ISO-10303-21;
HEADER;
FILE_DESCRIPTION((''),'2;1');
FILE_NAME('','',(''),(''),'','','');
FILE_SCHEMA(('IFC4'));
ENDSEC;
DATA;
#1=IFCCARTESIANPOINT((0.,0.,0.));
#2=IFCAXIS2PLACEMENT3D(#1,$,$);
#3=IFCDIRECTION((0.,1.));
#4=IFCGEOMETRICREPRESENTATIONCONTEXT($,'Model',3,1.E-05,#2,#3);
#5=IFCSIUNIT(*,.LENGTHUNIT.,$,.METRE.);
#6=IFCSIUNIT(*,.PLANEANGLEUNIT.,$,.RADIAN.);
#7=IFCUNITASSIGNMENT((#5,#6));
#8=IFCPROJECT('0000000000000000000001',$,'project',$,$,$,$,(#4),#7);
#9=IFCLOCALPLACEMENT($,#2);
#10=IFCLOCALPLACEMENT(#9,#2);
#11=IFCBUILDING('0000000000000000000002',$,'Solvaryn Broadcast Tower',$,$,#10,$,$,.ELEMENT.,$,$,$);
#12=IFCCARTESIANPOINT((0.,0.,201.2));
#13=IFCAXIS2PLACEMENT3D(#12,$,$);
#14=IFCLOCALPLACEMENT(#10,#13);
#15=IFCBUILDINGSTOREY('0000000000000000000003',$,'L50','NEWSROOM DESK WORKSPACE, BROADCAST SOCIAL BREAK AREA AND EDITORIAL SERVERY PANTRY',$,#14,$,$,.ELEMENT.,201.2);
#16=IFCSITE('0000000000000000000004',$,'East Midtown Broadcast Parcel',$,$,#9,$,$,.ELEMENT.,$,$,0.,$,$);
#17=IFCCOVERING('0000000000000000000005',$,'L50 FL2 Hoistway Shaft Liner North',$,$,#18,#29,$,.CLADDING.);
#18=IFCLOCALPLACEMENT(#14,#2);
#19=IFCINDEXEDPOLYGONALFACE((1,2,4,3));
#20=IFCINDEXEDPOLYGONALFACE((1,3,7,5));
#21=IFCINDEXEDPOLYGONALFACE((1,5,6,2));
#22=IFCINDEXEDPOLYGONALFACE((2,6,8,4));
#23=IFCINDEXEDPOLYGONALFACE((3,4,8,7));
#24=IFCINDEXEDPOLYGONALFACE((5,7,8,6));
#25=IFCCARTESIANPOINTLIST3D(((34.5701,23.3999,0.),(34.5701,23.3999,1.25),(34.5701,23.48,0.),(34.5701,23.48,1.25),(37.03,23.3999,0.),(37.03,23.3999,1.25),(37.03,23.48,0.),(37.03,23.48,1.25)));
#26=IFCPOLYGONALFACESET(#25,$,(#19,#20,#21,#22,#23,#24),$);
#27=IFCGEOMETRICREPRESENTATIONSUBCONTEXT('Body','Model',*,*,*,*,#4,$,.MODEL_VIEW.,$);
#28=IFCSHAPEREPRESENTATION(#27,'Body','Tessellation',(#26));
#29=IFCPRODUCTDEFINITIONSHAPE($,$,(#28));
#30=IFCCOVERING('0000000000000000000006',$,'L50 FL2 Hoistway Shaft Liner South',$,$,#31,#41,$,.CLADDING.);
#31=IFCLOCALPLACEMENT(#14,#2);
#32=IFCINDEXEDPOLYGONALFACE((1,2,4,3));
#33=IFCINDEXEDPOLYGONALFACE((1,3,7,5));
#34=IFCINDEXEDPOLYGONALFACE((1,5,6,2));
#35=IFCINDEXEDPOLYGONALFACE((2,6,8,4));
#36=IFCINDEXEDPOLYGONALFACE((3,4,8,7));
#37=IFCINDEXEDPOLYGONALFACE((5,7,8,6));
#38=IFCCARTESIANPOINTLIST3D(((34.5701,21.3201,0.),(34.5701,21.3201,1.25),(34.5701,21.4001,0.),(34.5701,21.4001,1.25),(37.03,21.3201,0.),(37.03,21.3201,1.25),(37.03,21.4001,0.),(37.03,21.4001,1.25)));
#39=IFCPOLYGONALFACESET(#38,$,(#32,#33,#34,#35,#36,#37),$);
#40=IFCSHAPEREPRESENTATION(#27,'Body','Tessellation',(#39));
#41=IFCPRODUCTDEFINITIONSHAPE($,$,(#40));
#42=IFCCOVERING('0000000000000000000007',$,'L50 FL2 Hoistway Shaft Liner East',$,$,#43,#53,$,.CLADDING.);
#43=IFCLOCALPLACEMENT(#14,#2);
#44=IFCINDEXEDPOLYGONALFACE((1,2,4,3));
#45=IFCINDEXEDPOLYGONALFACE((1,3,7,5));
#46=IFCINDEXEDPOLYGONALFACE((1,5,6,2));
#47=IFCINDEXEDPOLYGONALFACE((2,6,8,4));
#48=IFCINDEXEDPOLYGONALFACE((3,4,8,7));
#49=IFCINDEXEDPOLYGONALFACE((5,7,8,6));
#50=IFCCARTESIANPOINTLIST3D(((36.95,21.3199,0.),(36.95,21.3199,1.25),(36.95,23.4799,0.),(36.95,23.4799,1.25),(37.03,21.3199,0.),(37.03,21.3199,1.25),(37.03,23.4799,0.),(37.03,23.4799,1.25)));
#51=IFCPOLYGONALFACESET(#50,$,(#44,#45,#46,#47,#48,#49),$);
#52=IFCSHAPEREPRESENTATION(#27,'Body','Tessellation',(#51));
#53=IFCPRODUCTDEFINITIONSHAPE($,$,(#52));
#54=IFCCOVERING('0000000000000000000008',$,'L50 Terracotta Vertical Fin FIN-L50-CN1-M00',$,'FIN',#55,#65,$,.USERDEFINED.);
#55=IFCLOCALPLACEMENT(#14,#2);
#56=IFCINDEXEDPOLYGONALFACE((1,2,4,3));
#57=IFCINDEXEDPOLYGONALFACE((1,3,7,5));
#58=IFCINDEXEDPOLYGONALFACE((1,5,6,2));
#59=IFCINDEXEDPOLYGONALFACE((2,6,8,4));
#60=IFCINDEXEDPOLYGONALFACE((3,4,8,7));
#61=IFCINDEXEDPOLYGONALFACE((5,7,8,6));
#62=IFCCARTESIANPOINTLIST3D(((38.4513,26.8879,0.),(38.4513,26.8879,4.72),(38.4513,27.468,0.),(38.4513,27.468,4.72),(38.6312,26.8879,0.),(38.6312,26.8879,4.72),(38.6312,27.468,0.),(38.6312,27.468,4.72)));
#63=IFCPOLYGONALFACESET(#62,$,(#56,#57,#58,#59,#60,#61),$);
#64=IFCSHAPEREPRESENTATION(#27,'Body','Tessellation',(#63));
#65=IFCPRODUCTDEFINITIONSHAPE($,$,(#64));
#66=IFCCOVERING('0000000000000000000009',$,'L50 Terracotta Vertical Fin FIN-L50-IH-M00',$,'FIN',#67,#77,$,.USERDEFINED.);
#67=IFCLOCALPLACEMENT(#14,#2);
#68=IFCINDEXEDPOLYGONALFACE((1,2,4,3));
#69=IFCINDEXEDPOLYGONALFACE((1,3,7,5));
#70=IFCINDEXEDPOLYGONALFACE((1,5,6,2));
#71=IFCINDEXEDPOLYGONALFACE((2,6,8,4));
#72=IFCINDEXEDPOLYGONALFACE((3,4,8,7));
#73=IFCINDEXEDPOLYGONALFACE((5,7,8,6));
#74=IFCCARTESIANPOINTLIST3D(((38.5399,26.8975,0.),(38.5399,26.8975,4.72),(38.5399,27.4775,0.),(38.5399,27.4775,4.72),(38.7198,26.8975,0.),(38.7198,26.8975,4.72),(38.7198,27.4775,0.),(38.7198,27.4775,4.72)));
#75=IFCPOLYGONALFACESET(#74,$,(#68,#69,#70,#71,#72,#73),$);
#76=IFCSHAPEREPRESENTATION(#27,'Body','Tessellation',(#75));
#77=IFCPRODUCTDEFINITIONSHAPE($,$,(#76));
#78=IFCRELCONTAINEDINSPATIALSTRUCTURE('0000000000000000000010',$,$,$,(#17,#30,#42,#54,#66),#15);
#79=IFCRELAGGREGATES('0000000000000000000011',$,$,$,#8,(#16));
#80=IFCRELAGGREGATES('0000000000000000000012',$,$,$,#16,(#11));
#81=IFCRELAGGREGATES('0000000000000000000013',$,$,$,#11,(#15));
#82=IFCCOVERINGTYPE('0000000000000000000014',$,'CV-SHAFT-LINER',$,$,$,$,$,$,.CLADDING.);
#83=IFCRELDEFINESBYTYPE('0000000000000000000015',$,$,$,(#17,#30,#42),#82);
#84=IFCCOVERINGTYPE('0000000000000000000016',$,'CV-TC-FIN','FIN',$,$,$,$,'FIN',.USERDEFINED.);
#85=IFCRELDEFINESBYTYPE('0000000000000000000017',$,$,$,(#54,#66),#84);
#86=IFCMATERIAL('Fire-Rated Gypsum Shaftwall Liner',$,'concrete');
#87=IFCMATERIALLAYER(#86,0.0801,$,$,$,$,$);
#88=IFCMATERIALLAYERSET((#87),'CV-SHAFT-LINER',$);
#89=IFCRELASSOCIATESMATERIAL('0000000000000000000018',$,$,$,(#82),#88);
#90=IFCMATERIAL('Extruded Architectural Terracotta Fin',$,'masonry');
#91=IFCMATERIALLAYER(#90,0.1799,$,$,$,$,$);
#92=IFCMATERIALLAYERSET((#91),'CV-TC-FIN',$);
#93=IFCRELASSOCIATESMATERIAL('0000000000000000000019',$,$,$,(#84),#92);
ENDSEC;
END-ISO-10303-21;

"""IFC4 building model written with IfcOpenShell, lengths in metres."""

from ifc_helpers import new_model, si_unit, direction, frame, origin, origin_2d, place, context, subcontext, project, spatial, rectangle, extrude, material, layer, layer_set, type_object, element, save


model = new_model("IFC4")

# Units and contexts
model_context = context("Model", 3, precision=1e-05, world=origin(), true_north=direction((0.0, 1.0)))
body_context = subcontext(model_context, "Body", "Model", "MODEL_VIEW")
ifc_project = project(units=[si_unit("LENGTHUNIT", "METRE"), si_unit("PLANEANGLEUNIT", "RADIAN")], contexts=[model_context])

# Site, building, storey
site_placement = place(None, origin())
site = spatial("IfcSite", under=ifc_project, at=site_placement, Name="East Midtown Broadcast Parcel", CompositionType="ELEMENT", RefElevation=0.0)
building_placement = place(site_placement, origin())
building = spatial("IfcBuilding", under=site, at=building_placement, Name="Solvaryn Broadcast Tower", CompositionType="ELEMENT")
storey_placement = place(building_placement, frame((0.0, 0.0, 201.2)))
storey = spatial("IfcBuildingStorey", under=building, at=storey_placement, Name="L50", Description="NEWSROOM DESK WORKSPACE, BROADCAST SOCIAL BREAK AREA AND EDITORIAL SERVERY PANTRY", CompositionType="ELEMENT", Elevation=201.2)

# Coverings
ifc_material_1 = material(Name="Fire-Rated Gypsum Shaftwall Liner", Category="concrete")
ifc_layer_1 = layer(ifc_material_1, 0.0801)
ifc_layer_set_1 = layer_set([ifc_layer_1], Name="CV-SHAFT-LINER")
covering_type_1 = type_object("IfcCoveringType", Name="CV-SHAFT-LINER", PredefinedType="CLADDING", material=ifc_layer_set_1)
for number, where, z_axis, x_axis, name in (
    (1, (35.8, 23.4399, 0.0), (0.0, 0.0, 1.0), (1.0, 0.0, 0.0), "L50 FL2 Hoistway Shaft Liner North"),
    (2, (35.8, 21.3601, 0.0), (0.0, 0.0, 1.0), (1.0, 0.0, 0.0), "L50 FL2 Hoistway Shaft Liner South"),
):
    element("IfcCovering", number, at=place(storey_placement, frame(where, z_axis=z_axis, x_axis=x_axis)), inside=storey, type_object=covering_type_1, Name=name, PredefinedType="CLADDING", context=body_context, shape_type="SweptSolid", body=[
        extrude(rectangle(XDim=2.46, YDim=0.0801, at=origin_2d()), origin(), (0.0, 0.0, 1.0), 1.25),
    ])
covering_placement = place(storey_placement, frame((36.99, 22.3999, 0.0), z_axis=(0.0, 0.0, 1.0), x_axis=(1.0, 0.0, 0.0)))
element("IfcCovering", 3, at=covering_placement, inside=storey, type_object=covering_type_1, Name="L50 FL2 Hoistway Shaft Liner East", PredefinedType="CLADDING", context=body_context, shape_type="SweptSolid", body=[
    extrude(rectangle(XDim=0.0801, YDim=2.1599, at=origin_2d()), origin(), (0.0, 0.0, 1.0), 1.25),
])
ifc_material_2 = material(Name="Extruded Architectural Terracotta Fin", Category="masonry")
ifc_layer_2 = layer(ifc_material_2, 0.1799)
ifc_layer_set_2 = layer_set([ifc_layer_2], Name="CV-TC-FIN")
covering_type_2 = type_object("IfcCoveringType", Name="CV-TC-FIN", Description="FIN", ElementType="FIN", PredefinedType="USERDEFINED", material=ifc_layer_set_2)
for number, where, z_axis, x_axis, name in (
    (4, (38.5413, 27.178, 0.0), (0.0, 0.0, 1.0), (1.0, 0.0, 0.0), "L50 Terracotta Vertical Fin FIN-L50-CN1-M00"),
    (5, (38.6299, 27.1875, 0.0), (0.0, 0.0, 1.0), (1.0, 0.0, 0.0), "L50 Terracotta Vertical Fin FIN-L50-IH-M00"),
):
    element("IfcCovering", number, at=place(storey_placement, frame(where, z_axis=z_axis, x_axis=x_axis)), inside=storey, type_object=covering_type_2, Name=name, ObjectType="FIN", PredefinedType="USERDEFINED", context=body_context, shape_type="SweptSolid", body=[
        extrude(rectangle(XDim=0.1799, YDim=0.5801, at=origin_2d()), origin(), (0.0, 0.0, 1.0), 4.72),
    ])

save(model, "model.ifc")
